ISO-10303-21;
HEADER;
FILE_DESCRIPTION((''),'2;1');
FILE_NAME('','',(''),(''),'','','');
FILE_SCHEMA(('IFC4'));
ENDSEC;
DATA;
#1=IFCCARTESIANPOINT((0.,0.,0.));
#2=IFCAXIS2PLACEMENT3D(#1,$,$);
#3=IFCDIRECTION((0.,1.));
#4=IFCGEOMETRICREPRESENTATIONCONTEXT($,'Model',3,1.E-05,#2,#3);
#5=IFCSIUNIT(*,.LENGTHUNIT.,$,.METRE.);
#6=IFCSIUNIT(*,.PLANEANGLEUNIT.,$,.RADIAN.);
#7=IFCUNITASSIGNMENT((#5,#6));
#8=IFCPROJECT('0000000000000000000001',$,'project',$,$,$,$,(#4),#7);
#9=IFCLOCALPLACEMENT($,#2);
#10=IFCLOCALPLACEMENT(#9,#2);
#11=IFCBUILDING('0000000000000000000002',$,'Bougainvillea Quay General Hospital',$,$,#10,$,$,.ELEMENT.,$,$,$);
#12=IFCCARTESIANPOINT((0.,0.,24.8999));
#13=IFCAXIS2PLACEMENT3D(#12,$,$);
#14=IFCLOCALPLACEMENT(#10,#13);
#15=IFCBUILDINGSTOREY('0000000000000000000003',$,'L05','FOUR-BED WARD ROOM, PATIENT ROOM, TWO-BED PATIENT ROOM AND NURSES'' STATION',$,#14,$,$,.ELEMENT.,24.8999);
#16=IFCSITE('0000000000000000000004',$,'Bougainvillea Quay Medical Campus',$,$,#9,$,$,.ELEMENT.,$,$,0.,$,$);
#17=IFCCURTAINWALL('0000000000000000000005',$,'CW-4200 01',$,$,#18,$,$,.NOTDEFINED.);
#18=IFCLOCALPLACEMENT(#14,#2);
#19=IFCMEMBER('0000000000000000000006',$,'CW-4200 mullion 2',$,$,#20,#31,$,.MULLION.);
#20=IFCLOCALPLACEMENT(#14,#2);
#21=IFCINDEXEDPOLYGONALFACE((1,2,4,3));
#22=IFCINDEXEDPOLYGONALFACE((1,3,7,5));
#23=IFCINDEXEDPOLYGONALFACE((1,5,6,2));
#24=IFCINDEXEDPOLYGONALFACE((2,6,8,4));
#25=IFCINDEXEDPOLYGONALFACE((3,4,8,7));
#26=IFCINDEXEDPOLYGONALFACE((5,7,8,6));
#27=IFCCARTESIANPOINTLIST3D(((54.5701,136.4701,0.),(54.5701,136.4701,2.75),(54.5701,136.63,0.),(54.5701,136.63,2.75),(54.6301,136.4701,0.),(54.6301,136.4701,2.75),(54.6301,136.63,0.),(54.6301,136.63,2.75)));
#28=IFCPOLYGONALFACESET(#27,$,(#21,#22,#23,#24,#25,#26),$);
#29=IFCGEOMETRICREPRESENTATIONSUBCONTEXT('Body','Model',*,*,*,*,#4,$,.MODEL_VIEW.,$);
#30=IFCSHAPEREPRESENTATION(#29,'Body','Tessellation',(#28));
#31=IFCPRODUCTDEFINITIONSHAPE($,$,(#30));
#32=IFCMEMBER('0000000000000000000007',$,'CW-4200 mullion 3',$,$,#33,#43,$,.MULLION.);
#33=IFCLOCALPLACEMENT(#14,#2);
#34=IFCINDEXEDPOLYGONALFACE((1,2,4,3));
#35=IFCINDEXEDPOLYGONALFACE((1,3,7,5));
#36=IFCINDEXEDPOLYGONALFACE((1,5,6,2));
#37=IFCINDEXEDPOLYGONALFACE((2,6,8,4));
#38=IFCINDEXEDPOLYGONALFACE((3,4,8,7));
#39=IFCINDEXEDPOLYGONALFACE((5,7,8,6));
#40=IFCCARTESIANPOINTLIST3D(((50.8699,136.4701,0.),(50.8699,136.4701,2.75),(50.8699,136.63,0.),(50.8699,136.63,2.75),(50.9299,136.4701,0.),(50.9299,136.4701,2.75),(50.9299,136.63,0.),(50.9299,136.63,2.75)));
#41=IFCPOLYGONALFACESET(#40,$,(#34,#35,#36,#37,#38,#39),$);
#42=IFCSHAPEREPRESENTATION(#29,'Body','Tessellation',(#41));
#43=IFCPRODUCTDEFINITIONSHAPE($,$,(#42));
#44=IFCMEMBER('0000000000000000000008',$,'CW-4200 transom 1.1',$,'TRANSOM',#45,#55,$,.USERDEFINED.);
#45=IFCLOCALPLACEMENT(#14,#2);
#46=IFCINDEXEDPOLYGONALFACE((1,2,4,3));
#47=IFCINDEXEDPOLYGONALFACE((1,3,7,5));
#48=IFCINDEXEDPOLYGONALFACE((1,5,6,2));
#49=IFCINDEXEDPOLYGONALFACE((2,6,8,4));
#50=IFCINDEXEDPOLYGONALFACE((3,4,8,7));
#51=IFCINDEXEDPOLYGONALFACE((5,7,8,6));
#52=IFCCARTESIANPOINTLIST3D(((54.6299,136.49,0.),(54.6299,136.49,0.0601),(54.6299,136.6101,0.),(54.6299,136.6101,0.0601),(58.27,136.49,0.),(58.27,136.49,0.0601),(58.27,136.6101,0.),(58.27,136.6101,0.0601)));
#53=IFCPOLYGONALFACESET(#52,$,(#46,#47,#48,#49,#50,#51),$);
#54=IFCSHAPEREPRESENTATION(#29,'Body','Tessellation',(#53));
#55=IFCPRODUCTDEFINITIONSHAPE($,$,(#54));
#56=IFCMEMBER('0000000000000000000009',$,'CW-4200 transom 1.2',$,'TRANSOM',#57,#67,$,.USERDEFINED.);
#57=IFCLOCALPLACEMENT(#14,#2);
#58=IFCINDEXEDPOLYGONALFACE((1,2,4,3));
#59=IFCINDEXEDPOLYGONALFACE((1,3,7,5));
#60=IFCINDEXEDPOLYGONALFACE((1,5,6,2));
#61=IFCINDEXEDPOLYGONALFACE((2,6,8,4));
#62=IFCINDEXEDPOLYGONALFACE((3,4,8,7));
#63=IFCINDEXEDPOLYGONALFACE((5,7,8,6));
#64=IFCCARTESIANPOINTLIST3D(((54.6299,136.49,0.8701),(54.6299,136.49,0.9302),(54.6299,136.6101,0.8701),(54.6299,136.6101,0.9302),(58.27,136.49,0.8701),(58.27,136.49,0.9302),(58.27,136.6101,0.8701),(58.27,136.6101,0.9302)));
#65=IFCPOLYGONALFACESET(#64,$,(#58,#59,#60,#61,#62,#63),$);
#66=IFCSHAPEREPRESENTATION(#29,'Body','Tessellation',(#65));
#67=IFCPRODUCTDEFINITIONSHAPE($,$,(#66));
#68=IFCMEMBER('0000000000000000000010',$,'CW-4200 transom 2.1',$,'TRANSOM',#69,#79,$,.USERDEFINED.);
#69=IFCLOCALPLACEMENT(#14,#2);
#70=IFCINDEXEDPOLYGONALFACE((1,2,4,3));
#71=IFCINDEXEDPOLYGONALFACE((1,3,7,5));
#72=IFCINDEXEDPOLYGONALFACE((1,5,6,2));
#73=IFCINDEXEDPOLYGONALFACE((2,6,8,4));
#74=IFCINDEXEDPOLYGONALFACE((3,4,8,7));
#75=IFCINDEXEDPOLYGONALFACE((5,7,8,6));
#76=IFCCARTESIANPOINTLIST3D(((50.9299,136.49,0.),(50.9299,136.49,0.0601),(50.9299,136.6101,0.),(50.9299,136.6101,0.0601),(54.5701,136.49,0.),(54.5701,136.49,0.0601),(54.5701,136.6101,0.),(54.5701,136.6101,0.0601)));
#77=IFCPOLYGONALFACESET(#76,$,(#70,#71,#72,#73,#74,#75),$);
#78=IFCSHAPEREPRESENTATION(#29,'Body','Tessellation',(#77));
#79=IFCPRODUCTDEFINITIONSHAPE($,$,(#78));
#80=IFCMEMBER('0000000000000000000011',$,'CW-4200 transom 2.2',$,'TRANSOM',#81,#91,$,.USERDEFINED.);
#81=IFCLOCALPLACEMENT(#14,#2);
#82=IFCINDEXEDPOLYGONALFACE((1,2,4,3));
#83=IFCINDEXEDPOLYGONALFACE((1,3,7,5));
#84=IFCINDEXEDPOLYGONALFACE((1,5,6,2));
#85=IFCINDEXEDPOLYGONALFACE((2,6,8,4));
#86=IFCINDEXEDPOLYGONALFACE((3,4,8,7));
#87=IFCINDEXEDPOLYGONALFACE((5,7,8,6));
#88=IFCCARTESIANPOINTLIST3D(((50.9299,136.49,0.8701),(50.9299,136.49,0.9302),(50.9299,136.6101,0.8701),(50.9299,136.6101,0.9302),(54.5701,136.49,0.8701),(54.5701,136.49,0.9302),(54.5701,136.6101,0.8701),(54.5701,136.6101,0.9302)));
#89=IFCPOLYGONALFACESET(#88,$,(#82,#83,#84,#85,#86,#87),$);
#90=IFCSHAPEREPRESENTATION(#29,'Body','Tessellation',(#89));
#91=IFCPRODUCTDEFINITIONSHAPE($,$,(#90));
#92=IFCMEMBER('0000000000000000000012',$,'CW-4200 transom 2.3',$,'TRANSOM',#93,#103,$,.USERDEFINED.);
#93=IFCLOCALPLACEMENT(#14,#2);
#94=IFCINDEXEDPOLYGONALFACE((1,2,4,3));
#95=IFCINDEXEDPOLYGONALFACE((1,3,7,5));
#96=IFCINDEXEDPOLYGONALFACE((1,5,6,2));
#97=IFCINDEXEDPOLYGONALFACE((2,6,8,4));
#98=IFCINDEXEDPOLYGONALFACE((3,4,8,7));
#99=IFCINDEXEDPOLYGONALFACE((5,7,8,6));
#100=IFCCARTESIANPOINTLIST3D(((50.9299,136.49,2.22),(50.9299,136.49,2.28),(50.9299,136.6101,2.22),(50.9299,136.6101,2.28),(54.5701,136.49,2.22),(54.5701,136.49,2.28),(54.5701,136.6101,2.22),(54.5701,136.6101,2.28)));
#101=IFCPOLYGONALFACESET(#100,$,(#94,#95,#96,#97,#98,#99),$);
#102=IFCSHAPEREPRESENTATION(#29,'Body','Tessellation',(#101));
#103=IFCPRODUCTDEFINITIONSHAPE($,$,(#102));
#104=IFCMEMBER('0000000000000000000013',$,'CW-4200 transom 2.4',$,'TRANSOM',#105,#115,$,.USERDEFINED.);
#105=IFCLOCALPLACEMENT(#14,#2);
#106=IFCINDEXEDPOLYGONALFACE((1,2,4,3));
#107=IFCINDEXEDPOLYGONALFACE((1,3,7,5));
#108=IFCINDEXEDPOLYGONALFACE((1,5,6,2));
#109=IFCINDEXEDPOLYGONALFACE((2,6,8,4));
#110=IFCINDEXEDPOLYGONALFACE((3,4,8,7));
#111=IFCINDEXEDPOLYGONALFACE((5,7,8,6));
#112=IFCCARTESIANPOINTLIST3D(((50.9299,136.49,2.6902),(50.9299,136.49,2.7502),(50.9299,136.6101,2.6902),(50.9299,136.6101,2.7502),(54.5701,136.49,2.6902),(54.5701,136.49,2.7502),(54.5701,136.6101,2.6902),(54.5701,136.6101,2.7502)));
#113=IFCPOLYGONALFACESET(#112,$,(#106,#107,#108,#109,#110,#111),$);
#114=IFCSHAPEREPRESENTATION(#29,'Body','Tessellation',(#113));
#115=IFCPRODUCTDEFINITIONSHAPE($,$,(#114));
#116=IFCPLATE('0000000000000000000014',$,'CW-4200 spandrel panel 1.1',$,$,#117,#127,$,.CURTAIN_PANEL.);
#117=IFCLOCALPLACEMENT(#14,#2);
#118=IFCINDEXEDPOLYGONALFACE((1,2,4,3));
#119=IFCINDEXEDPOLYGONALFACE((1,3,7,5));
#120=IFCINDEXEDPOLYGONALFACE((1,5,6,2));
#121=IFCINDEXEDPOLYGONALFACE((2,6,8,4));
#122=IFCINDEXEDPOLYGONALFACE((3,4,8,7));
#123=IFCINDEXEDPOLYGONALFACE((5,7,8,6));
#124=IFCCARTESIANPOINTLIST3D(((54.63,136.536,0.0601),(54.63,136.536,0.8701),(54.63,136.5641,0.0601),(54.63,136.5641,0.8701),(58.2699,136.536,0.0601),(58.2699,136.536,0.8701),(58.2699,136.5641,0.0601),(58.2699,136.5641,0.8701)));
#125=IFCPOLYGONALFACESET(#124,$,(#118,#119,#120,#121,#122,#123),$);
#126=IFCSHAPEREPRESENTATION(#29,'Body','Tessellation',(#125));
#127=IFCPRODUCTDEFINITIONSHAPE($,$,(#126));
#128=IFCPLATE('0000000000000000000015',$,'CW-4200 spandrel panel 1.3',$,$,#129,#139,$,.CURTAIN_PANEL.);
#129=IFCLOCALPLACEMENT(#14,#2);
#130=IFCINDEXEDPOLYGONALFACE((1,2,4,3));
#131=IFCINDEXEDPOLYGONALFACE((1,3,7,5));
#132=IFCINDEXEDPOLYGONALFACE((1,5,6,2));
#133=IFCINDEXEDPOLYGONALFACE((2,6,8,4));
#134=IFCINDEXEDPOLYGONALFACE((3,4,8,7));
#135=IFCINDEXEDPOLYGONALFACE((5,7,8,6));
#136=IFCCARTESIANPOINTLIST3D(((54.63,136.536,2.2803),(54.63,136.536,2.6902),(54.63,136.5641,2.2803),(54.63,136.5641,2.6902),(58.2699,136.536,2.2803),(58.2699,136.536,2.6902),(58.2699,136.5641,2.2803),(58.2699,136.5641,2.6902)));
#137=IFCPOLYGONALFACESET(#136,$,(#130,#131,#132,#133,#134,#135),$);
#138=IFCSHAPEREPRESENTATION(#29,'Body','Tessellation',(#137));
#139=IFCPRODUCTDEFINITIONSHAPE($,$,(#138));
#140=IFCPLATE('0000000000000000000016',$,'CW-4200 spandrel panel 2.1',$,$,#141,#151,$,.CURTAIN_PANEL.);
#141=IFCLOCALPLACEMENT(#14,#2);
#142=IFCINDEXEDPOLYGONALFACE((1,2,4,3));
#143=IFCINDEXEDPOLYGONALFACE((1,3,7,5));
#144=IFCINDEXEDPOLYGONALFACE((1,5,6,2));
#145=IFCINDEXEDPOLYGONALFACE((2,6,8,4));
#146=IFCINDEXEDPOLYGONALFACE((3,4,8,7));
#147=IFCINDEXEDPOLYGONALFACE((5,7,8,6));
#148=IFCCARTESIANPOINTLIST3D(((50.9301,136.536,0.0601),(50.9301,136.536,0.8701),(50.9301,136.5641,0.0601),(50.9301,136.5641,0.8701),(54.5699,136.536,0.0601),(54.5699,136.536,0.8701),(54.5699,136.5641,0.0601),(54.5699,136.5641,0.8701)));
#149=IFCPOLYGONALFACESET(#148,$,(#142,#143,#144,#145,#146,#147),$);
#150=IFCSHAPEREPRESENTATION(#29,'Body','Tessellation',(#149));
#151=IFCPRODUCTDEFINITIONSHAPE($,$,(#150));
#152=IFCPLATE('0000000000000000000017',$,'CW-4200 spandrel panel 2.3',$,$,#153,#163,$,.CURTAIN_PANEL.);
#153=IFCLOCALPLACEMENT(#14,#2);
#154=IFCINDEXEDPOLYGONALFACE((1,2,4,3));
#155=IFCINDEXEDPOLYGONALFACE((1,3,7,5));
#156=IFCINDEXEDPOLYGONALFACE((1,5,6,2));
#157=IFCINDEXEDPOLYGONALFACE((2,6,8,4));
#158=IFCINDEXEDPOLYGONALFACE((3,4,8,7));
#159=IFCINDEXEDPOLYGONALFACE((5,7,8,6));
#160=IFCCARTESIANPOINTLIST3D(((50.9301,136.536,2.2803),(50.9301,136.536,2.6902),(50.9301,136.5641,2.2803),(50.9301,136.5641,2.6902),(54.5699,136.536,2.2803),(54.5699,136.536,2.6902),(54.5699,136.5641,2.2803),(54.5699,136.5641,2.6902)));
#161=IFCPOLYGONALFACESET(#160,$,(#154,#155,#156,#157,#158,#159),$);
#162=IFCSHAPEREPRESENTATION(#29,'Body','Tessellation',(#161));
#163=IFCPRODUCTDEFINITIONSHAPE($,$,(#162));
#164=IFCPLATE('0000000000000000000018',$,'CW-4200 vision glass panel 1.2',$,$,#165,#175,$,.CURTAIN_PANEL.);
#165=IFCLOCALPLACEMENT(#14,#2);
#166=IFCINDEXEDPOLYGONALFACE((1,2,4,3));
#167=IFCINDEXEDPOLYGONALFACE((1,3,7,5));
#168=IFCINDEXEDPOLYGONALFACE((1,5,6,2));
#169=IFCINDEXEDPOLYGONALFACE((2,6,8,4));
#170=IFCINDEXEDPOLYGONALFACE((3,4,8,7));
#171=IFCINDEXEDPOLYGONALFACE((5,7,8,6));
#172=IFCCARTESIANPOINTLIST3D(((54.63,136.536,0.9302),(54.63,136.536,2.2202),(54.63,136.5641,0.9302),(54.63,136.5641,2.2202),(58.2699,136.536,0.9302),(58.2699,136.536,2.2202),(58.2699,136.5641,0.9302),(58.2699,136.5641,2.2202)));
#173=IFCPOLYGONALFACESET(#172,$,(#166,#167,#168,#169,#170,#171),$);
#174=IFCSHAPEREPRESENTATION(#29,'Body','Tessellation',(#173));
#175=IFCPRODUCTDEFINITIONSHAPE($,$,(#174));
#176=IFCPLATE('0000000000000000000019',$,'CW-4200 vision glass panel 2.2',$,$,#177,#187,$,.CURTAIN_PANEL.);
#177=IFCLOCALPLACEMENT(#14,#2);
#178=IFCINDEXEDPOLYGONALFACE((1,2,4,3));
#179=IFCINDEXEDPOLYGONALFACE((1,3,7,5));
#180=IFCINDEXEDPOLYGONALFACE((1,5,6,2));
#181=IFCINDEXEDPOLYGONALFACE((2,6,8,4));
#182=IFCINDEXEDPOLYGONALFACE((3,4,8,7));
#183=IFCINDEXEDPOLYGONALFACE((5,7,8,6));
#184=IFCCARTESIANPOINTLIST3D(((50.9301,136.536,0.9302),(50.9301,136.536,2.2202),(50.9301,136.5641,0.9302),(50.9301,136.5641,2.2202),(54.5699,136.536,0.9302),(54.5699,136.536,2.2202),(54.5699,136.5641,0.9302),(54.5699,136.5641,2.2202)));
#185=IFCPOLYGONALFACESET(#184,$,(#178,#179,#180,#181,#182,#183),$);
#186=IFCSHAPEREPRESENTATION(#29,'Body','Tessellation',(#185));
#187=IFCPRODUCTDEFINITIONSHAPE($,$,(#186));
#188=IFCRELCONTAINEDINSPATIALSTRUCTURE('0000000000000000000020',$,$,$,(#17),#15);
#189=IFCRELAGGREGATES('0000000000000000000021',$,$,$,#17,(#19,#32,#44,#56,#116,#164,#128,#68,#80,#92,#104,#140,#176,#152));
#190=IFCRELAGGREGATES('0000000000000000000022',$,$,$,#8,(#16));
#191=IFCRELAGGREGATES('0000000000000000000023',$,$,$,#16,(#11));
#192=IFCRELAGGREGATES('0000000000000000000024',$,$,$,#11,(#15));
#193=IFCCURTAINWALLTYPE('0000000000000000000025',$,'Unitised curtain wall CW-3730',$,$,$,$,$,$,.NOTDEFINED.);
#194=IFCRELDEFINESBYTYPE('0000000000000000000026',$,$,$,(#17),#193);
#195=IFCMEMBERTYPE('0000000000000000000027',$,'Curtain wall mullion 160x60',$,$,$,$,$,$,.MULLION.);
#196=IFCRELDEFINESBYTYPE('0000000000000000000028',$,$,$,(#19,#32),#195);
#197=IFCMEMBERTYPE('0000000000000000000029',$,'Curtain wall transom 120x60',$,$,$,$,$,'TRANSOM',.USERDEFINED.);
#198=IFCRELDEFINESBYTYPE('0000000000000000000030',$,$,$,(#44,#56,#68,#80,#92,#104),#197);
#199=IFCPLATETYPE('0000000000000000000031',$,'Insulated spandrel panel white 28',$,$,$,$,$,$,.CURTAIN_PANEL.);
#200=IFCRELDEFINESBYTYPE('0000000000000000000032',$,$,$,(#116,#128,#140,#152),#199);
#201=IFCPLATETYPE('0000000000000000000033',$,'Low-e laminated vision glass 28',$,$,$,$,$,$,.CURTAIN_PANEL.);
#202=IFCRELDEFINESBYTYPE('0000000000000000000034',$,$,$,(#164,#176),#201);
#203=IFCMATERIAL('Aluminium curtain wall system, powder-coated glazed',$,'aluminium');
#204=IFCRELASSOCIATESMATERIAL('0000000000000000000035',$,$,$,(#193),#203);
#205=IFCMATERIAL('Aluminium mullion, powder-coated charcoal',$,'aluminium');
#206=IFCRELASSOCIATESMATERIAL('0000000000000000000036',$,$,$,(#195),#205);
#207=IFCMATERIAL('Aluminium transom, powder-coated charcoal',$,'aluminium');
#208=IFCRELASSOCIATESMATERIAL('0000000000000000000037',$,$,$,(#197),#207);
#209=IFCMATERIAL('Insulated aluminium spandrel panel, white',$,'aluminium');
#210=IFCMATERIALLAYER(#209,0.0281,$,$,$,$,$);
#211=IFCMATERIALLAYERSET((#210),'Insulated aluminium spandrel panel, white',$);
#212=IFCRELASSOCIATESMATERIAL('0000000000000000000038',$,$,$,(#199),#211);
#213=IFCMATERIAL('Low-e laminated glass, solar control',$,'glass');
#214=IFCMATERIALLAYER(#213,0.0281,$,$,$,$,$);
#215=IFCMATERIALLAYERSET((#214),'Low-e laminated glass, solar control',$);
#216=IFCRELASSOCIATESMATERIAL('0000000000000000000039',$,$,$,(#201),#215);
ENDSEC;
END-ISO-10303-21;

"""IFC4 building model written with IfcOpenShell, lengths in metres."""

from ifc_helpers import new_model, si_unit, direction, frame, origin, origin_2d, place, context, subcontext, project, spatial, rectangle, extrude, material, layer, layer_set, material_profile, profile_set, type_object, element, aggregate, save


model = new_model("IFC4")

# Units and contexts
model_context = context("Model", 3, precision=1e-05, world=origin(), true_north=direction((0.0, 1.0)))
body_context = subcontext(model_context, "Body", "Model", "MODEL_VIEW")
ifc_project = project(units=[si_unit("LENGTHUNIT", "METRE"), si_unit("PLANEANGLEUNIT", "RADIAN")], contexts=[model_context])

# Site, building, storey
site_placement = place(None, origin())
site = spatial("IfcSite", under=ifc_project, at=site_placement, Name="Bougainvillea Quay Medical Campus", CompositionType="ELEMENT", RefElevation=0.0)
building_placement = place(site_placement, origin())
building = spatial("IfcBuilding", under=site, at=building_placement, Name="Bougainvillea Quay General Hospital", CompositionType="ELEMENT")
storey_placement = place(building_placement, frame((0.0, 0.0, 24.8999)))
storey = spatial("IfcBuildingStorey", under=building, at=storey_placement, Name="L05", Description="FOUR-BED WARD ROOM, PATIENT ROOM, TWO-BED PATIENT ROOM AND NURSES' STATION", CompositionType="ELEMENT", Elevation=24.8999)

# Curtain wall, members, plates
ifc_material_1 = material(Name="Aluminium curtain wall system, powder-coated glazed", Category="aluminium")
curtain_wall_type = type_object("IfcCurtainWallType", Name="Unitised curtain wall CW-3730", PredefinedType="NOTDEFINED", material=ifc_material_1)
curtain_wall_placement = place(storey_placement, origin())
curtain_wall = element("IfcCurtainWall", 1, at=curtain_wall_placement, inside=storey, type_object=curtain_wall_type, Name="CW-4200 01", PredefinedType="NOTDEFINED")
ifc_material_2 = material(Name="Aluminium mullion, powder-coated charcoal", Category="aluminium")
ifc_material_profile_1 = material_profile(ifc_material_2, rectangle(XDim=0.1599, YDim=0.0601, at=origin_2d()))
ifc_profile_set_1 = profile_set([ifc_material_profile_1], Name="Aluminium mullion, powder-coated charcoal")
member_type_1 = type_object("IfcMemberType", Name="Curtain wall mullion 160x60", PredefinedType="MULLION", material=ifc_profile_set_1)
member_1_placement = place(storey_placement, frame((54.6001, 136.55, 0.0), z_axis=(0.0, 0.0, 1.0), x_axis=(0.0, -1.0, 0.0)))
member_1 = element("IfcMember", 2, at=member_1_placement, type_object=member_type_1, Name="CW-4200 mullion 2", PredefinedType="MULLION", context=body_context, shape_type="SweptSolid", body=[
    extrude(rectangle(XDim=0.1599, YDim=0.0601, at=origin_2d()), origin(), (0.0, 0.0, 1.0), 2.75),
])
member_2_placement = place(storey_placement, frame((50.8999, 136.55, 0.0), z_axis=(0.0, 0.0, 1.0), x_axis=(0.0, -1.0, 0.0)))
member_2 = element("IfcMember", 3, at=member_2_placement, type_object=member_type_1, Name="CW-4200 mullion 3", PredefinedType="MULLION", context=body_context, shape_type="SweptSolid", body=[
    extrude(rectangle(XDim=0.1599, YDim=0.0601, at=origin_2d()), origin(), (0.0, 0.0, 1.0), 2.75),
])
ifc_material_3 = material(Name="Aluminium transom, powder-coated charcoal", Category="aluminium")
ifc_material_profile_2 = material_profile(ifc_material_3, rectangle(XDim=0.1201, YDim=0.0601, at=origin_2d()))
ifc_profile_set_2 = profile_set([ifc_material_profile_2], Name="Aluminium transom, powder-coated charcoal")
member_type_2 = type_object("IfcMemberType", Name="Curtain wall transom 120x60", ElementType="TRANSOM", PredefinedType="USERDEFINED", material=ifc_profile_set_2)
member_3_placement = place(storey_placement, frame((58.27, 136.55, 0.03), z_axis=(-1.0, 0.0, 0.0), x_axis=(0.0, -1.0, 0.0)))
member_3 = element("IfcMember", 4, at=member_3_placement, type_object=member_type_2, Name="CW-4200 transom 1.1", ObjectType="TRANSOM", PredefinedType="USERDEFINED", context=body_context, shape_type="SweptSolid", body=[
    extrude(rectangle(XDim=0.1201, YDim=0.0601, at=origin_2d()), origin(), (0.0, 0.0, 1.0), 3.6401),
])
member_4_placement = place(storey_placement, frame((58.27, 136.55, 0.9001), z_axis=(-1.0, 0.0, 0.0), x_axis=(0.0, -1.0, 0.0)))
member_4 = element("IfcMember", 5, at=member_4_placement, type_object=member_type_2, Name="CW-4200 transom 1.2", ObjectType="TRANSOM", PredefinedType="USERDEFINED", context=body_context, shape_type="SweptSolid", body=[
    extrude(rectangle(XDim=0.1201, YDim=0.0601, at=origin_2d()), origin(), (0.0, 0.0, 1.0), 3.6401),
])
member_5_placement = place(storey_placement, frame((54.5701, 136.55, 0.03), z_axis=(-1.0, 0.0, 0.0), x_axis=(0.0, -1.0, 0.0)))
member_5 = element("IfcMember", 6, at=member_5_placement, type_object=member_type_2, Name="CW-4200 transom 2.1", ObjectType="TRANSOM", PredefinedType="USERDEFINED", context=body_context, shape_type="SweptSolid", body=[
    extrude(rectangle(XDim=0.1201, YDim=0.0601, at=origin_2d()), origin(), (0.0, 0.0, 1.0), 3.6401),
])
member_6_placement = place(storey_placement, frame((54.5701, 136.55, 0.9001), z_axis=(-1.0, 0.0, 0.0), x_axis=(0.0, -1.0, 0.0)))
member_6 = element("IfcMember", 7, at=member_6_placement, type_object=member_type_2, Name="CW-4200 transom 2.2", ObjectType="TRANSOM", PredefinedType="USERDEFINED", context=body_context, shape_type="SweptSolid", body=[
    extrude(rectangle(XDim=0.1201, YDim=0.0601, at=origin_2d()), origin(), (0.0, 0.0, 1.0), 3.6401),
])
member_7_placement = place(storey_placement, frame((54.5701, 136.55, 2.25), z_axis=(-1.0, 0.0, 0.0), x_axis=(0.0, -1.0, 0.0)))
member_7 = element("IfcMember", 8, at=member_7_placement, type_object=member_type_2, Name="CW-4200 transom 2.3", ObjectType="TRANSOM", PredefinedType="USERDEFINED", context=body_context, shape_type="SweptSolid", body=[
    extrude(rectangle(XDim=0.1201, YDim=0.0601, at=origin_2d()), origin(), (0.0, 0.0, 1.0), 3.6401),
])
member_8_placement = place(storey_placement, frame((54.5701, 136.55, 2.7202), z_axis=(-1.0, 0.0, 0.0), x_axis=(0.0, -1.0, 0.0)))
member_8 = element("IfcMember", 9, at=member_8_placement, type_object=member_type_2, Name="CW-4200 transom 2.4", ObjectType="TRANSOM", PredefinedType="USERDEFINED", context=body_context, shape_type="SweptSolid", body=[
    extrude(rectangle(XDim=0.1201, YDim=0.0601, at=origin_2d()), origin(), (0.0, 0.0, 1.0), 3.6401),
])
ifc_material_4 = material(Name="Insulated aluminium spandrel panel, white", Category="aluminium")
ifc_layer_1 = layer(ifc_material_4, 0.0281)
ifc_layer_set_1 = layer_set([ifc_layer_1], Name="Insulated aluminium spandrel panel, white")
plate_type_1 = type_object("IfcPlateType", Name="Insulated spandrel panel white 28", PredefinedType="CURTAIN_PANEL", material=ifc_layer_set_1)
plate_1_placement = place(storey_placement, frame((56.45, 136.55, 0.0601), z_axis=(0.0, 0.0, 1.0), x_axis=(-1.0, 0.0, 0.0)))
plate_1 = element("IfcPlate", 10, at=plate_1_placement, type_object=plate_type_1, Name="CW-4200 spandrel panel 1.1", PredefinedType="CURTAIN_PANEL", context=body_context, shape_type="SweptSolid", body=[
    extrude(rectangle(XDim=3.6399, YDim=0.0281, at=origin_2d()), origin(), (0.0, 0.0, 1.0), 0.8101),
])
plate_2_placement = place(storey_placement, frame((56.45, 136.55, 2.2803), z_axis=(0.0, 0.0, 1.0), x_axis=(-1.0, 0.0, 0.0)))
plate_2 = element("IfcPlate", 11, at=plate_2_placement, type_object=plate_type_1, Name="CW-4200 spandrel panel 1.3", PredefinedType="CURTAIN_PANEL", context=body_context, shape_type="SweptSolid", body=[
    extrude(rectangle(XDim=3.6399, YDim=0.0281, at=origin_2d()), origin(), (0.0, 0.0, 1.0), 0.4099),
])
plate_3_placement = place(storey_placement, frame((52.75, 136.55, 0.0601), z_axis=(0.0, 0.0, 1.0), x_axis=(-1.0, 0.0, 0.0)))
plate_3 = element("IfcPlate", 12, at=plate_3_placement, type_object=plate_type_1, Name="CW-4200 spandrel panel 2.1", PredefinedType="CURTAIN_PANEL", context=body_context, shape_type="SweptSolid", body=[
    extrude(rectangle(XDim=3.6399, YDim=0.0281, at=origin_2d()), origin(), (0.0, 0.0, 1.0), 0.8101),
])
plate_4_placement = place(storey_placement, frame((52.75, 136.55, 2.2803), z_axis=(0.0, 0.0, 1.0), x_axis=(-1.0, 0.0, 0.0)))
plate_4 = element("IfcPlate", 13, at=plate_4_placement, type_object=plate_type_1, Name="CW-4200 spandrel panel 2.3", PredefinedType="CURTAIN_PANEL", context=body_context, shape_type="SweptSolid", body=[
    extrude(rectangle(XDim=3.6399, YDim=0.0281, at=origin_2d()), origin(), (0.0, 0.0, 1.0), 0.4099),
])
ifc_material_5 = material(Name="Low-e laminated glass, solar control", Category="glass")
ifc_layer_2 = layer(ifc_material_5, 0.0281)
ifc_layer_set_2 = layer_set([ifc_layer_2], Name="Low-e laminated glass, solar control")
plate_type_2 = type_object("IfcPlateType", Name="Low-e laminated vision glass 28", PredefinedType="CURTAIN_PANEL", material=ifc_layer_set_2)
plate_5_placement = place(storey_placement, frame((56.45, 136.55, 0.9302), z_axis=(0.0, 0.0, 1.0), x_axis=(-1.0, 0.0, 0.0)))
plate_5 = element("IfcPlate", 14, at=plate_5_placement, type_object=plate_type_2, Name="CW-4200 vision glass panel 1.2", PredefinedType="CURTAIN_PANEL", context=body_context, shape_type="SweptSolid", body=[
    extrude(rectangle(XDim=3.6399, YDim=0.0281, at=origin_2d()), origin(), (0.0, 0.0, 1.0), 1.29),
])
plate_6_placement = place(storey_placement, frame((52.75, 136.55, 0.9302), z_axis=(0.0, 0.0, 1.0), x_axis=(-1.0, 0.0, 0.0)))
plate_6 = element("IfcPlate", 15, at=plate_6_placement, type_object=plate_type_2, Name="CW-4200 vision glass panel 2.2", PredefinedType="CURTAIN_PANEL", context=body_context, shape_type="SweptSolid", body=[
    extrude(rectangle(XDim=3.6399, YDim=0.0281, at=origin_2d()), origin(), (0.0, 0.0, 1.0), 1.29),
])
aggregate(curtain_wall, [member_1, member_2, member_3, member_4, plate_1, plate_5, plate_2, member_5, member_6, member_7, member_8, plate_3, plate_6, plate_4])

save(model, "model.ifc")
